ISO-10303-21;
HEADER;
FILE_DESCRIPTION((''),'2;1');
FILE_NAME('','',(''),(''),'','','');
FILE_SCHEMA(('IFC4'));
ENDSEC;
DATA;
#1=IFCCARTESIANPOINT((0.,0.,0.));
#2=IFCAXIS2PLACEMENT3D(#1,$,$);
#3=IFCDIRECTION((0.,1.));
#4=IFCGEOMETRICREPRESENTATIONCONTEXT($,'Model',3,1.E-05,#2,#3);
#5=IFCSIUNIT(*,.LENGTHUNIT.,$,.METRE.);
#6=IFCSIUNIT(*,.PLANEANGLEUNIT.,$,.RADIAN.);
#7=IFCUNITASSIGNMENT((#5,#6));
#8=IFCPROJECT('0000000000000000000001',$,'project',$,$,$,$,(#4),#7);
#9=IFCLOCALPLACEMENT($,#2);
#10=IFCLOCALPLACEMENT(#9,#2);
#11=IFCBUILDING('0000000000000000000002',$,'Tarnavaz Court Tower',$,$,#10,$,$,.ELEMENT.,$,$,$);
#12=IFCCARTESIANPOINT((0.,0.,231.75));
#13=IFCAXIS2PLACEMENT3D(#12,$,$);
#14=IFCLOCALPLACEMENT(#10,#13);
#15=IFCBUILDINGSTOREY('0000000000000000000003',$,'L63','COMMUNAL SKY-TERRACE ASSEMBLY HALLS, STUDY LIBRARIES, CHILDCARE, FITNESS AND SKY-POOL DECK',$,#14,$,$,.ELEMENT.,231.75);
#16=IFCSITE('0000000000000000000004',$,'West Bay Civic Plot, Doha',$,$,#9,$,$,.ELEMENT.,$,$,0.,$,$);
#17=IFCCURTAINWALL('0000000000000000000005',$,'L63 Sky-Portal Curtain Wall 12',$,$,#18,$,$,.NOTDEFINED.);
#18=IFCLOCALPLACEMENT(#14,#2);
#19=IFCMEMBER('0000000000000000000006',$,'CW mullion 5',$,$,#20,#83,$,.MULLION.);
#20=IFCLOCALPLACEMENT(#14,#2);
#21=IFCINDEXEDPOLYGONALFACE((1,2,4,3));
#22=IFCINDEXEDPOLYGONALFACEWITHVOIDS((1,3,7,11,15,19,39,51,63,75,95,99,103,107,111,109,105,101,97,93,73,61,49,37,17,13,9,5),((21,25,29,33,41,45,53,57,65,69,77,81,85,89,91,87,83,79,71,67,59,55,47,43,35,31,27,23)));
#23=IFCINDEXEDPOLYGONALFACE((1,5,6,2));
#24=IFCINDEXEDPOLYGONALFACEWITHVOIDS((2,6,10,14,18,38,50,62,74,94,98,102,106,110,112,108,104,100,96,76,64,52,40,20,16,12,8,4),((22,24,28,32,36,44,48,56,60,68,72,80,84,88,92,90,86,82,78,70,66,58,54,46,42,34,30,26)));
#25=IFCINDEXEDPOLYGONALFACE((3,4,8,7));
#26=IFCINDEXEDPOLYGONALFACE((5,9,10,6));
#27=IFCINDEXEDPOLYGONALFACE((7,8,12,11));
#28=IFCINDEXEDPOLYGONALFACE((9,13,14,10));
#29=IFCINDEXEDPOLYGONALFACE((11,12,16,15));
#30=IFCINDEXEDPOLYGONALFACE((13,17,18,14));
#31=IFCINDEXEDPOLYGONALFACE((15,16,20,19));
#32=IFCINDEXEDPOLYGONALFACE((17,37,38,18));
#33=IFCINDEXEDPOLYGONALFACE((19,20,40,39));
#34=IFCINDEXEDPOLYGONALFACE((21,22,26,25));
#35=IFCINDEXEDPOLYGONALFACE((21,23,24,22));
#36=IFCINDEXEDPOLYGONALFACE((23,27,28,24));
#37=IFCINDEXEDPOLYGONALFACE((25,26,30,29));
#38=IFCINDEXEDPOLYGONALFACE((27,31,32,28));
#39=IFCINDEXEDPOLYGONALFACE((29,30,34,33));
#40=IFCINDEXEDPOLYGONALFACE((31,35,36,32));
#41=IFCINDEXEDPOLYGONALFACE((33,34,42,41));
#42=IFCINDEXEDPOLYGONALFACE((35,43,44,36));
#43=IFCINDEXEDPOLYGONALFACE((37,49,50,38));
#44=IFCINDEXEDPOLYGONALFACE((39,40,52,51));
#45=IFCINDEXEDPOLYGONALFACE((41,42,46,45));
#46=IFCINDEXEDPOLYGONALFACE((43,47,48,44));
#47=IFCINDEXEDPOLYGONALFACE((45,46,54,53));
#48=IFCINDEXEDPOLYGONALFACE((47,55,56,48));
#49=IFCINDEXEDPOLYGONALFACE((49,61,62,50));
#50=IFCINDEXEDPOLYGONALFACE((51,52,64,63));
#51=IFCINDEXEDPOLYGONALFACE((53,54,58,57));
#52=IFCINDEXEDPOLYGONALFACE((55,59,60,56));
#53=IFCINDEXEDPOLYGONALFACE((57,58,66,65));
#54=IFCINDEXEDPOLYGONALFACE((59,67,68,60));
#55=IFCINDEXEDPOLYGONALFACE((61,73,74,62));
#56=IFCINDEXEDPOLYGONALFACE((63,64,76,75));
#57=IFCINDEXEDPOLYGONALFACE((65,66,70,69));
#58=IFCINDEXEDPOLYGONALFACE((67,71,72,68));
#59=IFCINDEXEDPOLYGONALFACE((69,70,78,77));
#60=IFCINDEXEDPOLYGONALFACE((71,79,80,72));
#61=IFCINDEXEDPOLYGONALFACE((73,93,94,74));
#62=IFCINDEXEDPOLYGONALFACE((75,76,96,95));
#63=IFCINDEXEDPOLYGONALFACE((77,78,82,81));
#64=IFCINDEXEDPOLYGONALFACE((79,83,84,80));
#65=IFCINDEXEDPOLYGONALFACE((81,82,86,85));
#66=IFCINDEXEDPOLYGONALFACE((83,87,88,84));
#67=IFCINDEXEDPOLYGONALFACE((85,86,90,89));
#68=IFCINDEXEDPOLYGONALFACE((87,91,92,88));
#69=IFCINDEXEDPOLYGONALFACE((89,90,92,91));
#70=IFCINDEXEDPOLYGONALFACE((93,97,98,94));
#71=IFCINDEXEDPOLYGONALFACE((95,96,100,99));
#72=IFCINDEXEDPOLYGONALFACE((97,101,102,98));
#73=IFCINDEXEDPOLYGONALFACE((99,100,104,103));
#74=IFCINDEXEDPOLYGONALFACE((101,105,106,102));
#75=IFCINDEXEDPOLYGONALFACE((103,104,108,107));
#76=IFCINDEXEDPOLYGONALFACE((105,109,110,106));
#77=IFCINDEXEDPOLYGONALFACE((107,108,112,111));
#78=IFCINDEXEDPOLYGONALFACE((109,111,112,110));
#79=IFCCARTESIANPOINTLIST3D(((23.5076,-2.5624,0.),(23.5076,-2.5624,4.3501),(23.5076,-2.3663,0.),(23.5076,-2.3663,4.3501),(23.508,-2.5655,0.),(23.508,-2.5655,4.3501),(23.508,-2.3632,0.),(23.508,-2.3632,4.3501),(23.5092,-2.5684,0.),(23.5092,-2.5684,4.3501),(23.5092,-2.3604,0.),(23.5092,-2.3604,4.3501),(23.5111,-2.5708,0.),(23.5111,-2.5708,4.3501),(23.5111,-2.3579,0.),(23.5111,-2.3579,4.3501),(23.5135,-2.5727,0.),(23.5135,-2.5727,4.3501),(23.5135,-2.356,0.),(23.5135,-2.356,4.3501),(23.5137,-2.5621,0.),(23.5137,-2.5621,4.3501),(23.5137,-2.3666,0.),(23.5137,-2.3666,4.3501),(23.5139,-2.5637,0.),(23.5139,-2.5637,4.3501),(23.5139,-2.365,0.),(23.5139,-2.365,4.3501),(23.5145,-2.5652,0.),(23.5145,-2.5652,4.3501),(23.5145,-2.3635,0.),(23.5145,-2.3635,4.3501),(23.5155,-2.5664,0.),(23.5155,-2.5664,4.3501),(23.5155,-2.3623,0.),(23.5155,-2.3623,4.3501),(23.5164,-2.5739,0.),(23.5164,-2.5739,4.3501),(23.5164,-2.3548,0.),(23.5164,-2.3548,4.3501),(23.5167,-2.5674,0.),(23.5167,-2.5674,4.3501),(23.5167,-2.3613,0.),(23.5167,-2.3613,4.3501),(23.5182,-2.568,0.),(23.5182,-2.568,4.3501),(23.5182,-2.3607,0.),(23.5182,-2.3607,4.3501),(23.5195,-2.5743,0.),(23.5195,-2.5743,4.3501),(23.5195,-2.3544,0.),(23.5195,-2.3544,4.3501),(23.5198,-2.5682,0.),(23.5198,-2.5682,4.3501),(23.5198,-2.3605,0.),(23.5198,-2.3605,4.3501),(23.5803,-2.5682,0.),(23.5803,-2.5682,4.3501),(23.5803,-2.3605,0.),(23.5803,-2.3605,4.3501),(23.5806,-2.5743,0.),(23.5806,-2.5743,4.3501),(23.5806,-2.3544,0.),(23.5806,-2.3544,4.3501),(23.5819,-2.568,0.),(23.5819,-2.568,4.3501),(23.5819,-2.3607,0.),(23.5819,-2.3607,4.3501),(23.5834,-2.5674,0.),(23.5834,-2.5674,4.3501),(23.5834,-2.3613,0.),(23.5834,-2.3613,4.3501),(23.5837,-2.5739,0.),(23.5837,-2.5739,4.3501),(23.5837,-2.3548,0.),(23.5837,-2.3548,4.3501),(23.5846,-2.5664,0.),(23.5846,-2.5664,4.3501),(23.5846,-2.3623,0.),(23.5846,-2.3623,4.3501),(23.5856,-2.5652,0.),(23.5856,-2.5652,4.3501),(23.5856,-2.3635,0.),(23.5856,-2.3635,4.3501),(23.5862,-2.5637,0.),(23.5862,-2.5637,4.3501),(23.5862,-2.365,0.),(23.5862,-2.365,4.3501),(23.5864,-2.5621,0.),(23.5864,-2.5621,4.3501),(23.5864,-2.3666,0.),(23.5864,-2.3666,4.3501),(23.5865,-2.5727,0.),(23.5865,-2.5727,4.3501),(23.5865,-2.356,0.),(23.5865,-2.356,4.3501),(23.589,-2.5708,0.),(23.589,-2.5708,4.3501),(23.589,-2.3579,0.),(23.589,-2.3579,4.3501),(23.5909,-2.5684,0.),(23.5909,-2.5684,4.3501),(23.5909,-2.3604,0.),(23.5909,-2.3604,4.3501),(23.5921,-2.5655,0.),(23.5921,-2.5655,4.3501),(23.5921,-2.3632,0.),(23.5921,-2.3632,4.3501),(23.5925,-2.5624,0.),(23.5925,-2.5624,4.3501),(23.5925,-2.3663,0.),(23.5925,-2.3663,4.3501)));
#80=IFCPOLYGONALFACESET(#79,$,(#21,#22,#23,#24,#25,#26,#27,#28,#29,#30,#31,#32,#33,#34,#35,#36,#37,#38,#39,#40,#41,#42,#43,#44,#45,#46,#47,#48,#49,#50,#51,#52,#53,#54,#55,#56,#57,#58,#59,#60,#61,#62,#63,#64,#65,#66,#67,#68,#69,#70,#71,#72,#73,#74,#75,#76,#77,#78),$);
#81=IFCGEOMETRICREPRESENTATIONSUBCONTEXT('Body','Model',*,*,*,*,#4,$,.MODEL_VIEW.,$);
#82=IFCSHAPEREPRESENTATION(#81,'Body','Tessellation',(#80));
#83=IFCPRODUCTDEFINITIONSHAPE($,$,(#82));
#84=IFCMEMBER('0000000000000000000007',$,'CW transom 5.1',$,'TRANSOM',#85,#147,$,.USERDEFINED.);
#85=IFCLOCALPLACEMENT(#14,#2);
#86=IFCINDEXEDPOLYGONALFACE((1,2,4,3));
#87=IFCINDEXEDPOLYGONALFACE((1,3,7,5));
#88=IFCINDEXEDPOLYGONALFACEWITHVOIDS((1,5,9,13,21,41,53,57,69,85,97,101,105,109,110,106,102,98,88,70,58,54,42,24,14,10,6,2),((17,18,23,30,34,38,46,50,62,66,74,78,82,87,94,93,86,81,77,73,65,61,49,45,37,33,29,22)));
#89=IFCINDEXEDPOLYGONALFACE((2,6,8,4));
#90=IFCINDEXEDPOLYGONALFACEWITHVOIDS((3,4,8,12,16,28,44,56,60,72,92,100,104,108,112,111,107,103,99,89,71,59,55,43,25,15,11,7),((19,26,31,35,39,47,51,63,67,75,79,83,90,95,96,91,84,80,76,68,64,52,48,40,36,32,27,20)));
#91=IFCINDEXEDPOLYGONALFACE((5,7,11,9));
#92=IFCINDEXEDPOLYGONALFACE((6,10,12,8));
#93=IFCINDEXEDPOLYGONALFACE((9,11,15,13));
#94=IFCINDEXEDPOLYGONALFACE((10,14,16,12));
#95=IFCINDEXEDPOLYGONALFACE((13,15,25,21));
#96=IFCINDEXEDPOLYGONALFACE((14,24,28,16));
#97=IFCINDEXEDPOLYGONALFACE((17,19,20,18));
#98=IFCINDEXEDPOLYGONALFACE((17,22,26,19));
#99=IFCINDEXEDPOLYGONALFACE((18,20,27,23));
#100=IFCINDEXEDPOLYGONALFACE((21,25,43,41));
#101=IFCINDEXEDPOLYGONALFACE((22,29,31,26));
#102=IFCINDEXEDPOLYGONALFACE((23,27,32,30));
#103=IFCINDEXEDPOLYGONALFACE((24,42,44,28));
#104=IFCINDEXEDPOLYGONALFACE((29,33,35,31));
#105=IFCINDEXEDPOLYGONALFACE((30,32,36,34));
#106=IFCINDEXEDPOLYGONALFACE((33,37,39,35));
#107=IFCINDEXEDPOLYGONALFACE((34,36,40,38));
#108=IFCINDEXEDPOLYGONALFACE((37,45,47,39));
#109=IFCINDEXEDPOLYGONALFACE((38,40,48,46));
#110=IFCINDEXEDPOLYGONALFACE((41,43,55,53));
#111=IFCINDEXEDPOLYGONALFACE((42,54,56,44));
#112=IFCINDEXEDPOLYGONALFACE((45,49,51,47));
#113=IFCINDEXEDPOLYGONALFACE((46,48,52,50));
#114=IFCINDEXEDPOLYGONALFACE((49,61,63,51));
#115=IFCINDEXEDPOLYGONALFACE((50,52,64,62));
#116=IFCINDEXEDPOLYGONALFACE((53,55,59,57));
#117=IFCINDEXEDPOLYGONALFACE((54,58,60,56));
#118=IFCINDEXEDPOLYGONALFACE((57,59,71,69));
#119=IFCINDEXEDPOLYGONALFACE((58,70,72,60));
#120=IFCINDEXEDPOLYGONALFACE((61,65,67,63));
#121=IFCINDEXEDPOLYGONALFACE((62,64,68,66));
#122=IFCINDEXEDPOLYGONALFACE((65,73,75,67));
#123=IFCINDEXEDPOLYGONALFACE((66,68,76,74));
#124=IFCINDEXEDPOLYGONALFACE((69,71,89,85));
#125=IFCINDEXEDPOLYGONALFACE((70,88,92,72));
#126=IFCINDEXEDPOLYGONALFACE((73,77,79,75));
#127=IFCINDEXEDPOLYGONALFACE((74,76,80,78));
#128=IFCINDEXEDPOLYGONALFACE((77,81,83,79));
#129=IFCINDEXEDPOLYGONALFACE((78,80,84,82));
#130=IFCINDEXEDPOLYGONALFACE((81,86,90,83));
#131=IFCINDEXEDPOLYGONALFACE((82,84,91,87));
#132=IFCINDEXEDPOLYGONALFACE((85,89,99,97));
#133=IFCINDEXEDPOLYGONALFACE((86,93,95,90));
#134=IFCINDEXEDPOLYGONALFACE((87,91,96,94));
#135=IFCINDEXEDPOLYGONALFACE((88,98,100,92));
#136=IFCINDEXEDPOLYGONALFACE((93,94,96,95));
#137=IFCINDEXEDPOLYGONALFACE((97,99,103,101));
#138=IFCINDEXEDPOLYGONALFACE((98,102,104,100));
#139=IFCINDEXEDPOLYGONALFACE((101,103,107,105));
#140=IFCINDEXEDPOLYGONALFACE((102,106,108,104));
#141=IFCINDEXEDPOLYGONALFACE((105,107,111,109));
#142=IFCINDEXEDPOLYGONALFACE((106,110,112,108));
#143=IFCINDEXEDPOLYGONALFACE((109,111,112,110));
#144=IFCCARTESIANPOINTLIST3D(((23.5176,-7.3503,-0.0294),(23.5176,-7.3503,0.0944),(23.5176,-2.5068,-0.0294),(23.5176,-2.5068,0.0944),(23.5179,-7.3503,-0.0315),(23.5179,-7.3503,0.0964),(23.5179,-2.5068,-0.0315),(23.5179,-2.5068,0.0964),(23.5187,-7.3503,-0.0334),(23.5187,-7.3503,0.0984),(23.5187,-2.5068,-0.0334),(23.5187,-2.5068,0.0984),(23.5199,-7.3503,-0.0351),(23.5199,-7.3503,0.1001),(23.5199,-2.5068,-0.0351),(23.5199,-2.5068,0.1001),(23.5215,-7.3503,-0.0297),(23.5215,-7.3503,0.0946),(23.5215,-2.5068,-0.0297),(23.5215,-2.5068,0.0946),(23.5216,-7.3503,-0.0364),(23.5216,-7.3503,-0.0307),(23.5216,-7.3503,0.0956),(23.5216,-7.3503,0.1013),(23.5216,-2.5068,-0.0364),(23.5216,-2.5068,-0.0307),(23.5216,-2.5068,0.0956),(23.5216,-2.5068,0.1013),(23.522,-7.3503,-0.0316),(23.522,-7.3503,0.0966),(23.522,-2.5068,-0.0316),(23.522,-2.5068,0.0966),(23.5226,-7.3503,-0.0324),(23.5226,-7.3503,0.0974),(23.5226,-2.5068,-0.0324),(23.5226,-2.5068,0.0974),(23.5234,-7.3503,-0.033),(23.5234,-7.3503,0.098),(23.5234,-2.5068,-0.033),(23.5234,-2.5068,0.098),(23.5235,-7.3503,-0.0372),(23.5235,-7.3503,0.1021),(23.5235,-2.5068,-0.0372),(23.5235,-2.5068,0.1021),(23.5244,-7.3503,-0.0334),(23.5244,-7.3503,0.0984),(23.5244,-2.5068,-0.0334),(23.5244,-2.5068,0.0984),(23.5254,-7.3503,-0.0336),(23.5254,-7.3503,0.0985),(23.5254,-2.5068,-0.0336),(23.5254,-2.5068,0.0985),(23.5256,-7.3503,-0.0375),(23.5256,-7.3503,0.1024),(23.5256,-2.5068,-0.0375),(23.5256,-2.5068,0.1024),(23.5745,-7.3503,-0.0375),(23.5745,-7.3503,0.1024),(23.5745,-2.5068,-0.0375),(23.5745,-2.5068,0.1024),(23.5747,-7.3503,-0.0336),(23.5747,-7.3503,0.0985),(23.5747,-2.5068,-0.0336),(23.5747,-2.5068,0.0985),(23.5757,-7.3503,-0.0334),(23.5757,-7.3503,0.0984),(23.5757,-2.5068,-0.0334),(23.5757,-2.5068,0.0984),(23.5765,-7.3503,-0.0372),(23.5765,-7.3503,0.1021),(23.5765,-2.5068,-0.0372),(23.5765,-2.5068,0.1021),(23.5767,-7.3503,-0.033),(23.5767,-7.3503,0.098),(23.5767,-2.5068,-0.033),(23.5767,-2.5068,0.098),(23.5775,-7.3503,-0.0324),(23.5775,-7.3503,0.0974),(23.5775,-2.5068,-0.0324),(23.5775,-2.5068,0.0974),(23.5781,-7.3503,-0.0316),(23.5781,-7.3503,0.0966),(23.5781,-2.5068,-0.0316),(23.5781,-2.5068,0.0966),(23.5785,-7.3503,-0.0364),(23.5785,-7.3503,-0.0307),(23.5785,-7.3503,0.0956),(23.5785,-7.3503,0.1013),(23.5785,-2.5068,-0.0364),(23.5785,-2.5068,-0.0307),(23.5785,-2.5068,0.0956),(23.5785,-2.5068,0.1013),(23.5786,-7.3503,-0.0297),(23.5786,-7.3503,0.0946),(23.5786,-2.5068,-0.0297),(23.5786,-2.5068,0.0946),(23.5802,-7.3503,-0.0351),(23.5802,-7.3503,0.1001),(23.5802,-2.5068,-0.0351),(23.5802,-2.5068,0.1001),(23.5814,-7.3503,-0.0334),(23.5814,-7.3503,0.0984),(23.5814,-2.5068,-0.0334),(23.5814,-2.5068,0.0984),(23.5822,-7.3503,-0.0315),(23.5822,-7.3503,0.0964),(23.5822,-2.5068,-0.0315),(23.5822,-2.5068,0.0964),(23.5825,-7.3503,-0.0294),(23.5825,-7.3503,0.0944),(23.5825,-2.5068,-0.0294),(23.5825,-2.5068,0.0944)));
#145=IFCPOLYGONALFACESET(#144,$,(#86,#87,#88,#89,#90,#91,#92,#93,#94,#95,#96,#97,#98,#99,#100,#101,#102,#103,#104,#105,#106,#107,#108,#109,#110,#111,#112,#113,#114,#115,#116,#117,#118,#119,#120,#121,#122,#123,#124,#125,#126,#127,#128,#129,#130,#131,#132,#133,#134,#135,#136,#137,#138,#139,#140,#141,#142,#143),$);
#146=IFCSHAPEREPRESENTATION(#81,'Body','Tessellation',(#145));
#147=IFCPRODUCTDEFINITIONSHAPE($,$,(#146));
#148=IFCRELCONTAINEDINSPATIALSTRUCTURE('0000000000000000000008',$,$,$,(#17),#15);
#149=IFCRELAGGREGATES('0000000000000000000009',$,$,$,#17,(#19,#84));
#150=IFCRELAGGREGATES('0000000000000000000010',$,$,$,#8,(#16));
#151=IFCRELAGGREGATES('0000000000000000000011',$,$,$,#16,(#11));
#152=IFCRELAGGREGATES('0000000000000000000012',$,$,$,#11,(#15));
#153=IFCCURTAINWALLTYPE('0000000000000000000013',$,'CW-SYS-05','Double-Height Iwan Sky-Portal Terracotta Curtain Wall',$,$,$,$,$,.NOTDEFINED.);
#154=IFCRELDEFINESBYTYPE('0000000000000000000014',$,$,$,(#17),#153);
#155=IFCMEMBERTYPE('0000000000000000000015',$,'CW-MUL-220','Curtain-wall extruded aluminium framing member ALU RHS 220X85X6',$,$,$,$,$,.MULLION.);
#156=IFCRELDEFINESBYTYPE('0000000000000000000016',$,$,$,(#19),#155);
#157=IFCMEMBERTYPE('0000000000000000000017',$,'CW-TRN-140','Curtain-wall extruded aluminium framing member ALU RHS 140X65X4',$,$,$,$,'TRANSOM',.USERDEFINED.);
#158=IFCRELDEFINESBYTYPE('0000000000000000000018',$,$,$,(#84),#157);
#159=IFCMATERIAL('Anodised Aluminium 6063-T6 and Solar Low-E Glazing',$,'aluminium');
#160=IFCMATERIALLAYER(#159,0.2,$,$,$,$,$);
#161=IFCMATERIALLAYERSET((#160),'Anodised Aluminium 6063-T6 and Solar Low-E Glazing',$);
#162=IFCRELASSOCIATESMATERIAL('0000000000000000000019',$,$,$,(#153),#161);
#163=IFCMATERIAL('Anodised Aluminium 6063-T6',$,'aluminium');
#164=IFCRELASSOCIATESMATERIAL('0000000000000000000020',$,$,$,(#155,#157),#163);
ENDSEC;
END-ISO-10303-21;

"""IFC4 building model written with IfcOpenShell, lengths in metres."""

from ifc_helpers import new_model, si_unit, direction, frame, origin, origin_2d, place, context, subcontext, project, spatial, hollow_rectangle, extrude, material, layer, layer_set, material_profile, profile_set, type_object, element, aggregate, save


model = new_model("IFC4")

# Units and contexts
model_context = context("Model", 3, precision=1e-05, world=origin(), true_north=direction((0.0, 1.0)))
body_context = subcontext(model_context, "Body", "Model", "MODEL_VIEW")
ifc_project = project(units=[si_unit("LENGTHUNIT", "METRE"), si_unit("PLANEANGLEUNIT", "RADIAN")], contexts=[model_context])

# Site, building, storey
site_placement = place(None, origin())
site = spatial("IfcSite", under=ifc_project, at=site_placement, Name="West Bay Civic Plot, Doha", CompositionType="ELEMENT", RefElevation=0.0)
building_placement = place(site_placement, origin())
building = spatial("IfcBuilding", under=site, at=building_placement, Name="Tarnavaz Court Tower", CompositionType="ELEMENT")
storey_placement = place(building_placement, frame((0.0, 0.0, 231.75)))
storey = spatial("IfcBuildingStorey", under=building, at=storey_placement, Name="L63", Description="COMMUNAL SKY-TERRACE ASSEMBLY HALLS, STUDY LIBRARIES, CHILDCARE, FITNESS AND SKY-POOL DECK", CompositionType="ELEMENT", Elevation=231.75)

# Curtain wall, members
ifc_material_1 = material(Name="Anodised Aluminium 6063-T6 and Solar Low-E Glazing", Category="aluminium")
ifc_layer_1 = layer(ifc_material_1, 0.2)
ifc_layer_set_1 = layer_set([ifc_layer_1], Name="Anodised Aluminium 6063-T6 and Solar Low-E Glazing")
curtain_wall_type = type_object("IfcCurtainWallType", Name="CW-SYS-05", Description="Double-Height Iwan Sky-Portal Terracotta Curtain Wall", PredefinedType="NOTDEFINED", material=ifc_layer_set_1)
curtain_wall_placement = place(storey_placement, origin())
curtain_wall = element("IfcCurtainWall", 1, at=curtain_wall_placement, inside=storey, type_object=curtain_wall_type, Name="L63 Sky-Portal Curtain Wall 12", PredefinedType="NOTDEFINED")
ifc_material_2 = material(Name="Anodised Aluminium 6063-T6", Category="aluminium")
ifc_material_profile_1 = material_profile(ifc_material_2, hollow_rectangle(XDim=0.085, YDim=0.22, WallThickness=0.0061, InnerFilletRadius=0.0061, OuterFilletRadius=0.012, at=origin_2d()), Name="ALU RHS 220X85X6")
ifc_profile_set_1 = profile_set([ifc_material_profile_1], Name="Anodised Aluminium 6063-T6")
member_type_1 = type_object("IfcMemberType", Name="CW-MUL-220", Description="Curtain-wall extruded aluminium framing member ALU RHS 220X85X6", PredefinedType="MULLION", material=ifc_profile_set_1)
member_1_placement = place(storey_placement, frame((23.55, -2.4644, 0.0), z_axis=(0.0, 0.0, 1.0), x_axis=(1.0, 0.0, 0.0)))
member_1 = element("IfcMember", 2, at=member_1_placement, type_object=member_type_1, Name="CW mullion 5", PredefinedType="MULLION", context=body_context, shape_type="SweptSolid", body=[
    extrude(hollow_rectangle(XDim=0.085, YDim=0.22, WallThickness=0.0061, InnerFilletRadius=0.0061, OuterFilletRadius=0.012, at=origin_2d()), origin(), (0.0, 0.0, 1.0), 4.3501),
])
ifc_material_profile_2 = material_profile(ifc_material_2, hollow_rectangle(XDim=0.0649, YDim=0.1399, WallThickness=0.0039, InnerFilletRadius=0.0039, OuterFilletRadius=0.0081, at=origin_2d()), Name="ALU RHS 140X65X4")
ifc_profile_set_2 = profile_set([ifc_material_profile_2], Name="Anodised Aluminium 6063-T6")
member_type_2 = type_object("IfcMemberType", Name="CW-TRN-140", Description="Curtain-wall extruded aluminium framing member ALU RHS 140X65X4", ElementType="TRANSOM", PredefinedType="USERDEFINED", material=ifc_profile_set_2)
member_2_placement = place(storey_placement, frame((23.55, -2.5068, 0.0325), z_axis=(0.0, -1.0, 0.0), x_axis=(1.0, 0.0, 0.0)))
member_2 = element("IfcMember", 3, at=member_2_placement, type_object=member_type_2, Name="CW transom 5.1", ObjectType="TRANSOM", PredefinedType="USERDEFINED", context=body_context, shape_type="SweptSolid", body=[
    extrude(hollow_rectangle(XDim=0.0649, YDim=0.1399, WallThickness=0.0039, InnerFilletRadius=0.0039, OuterFilletRadius=0.0081, at=origin_2d()), origin(), (0.0, 0.0, 1.0), 4.8435),
])
aggregate(curtain_wall, [member_1, member_2])

save(model, "model.ifc")
